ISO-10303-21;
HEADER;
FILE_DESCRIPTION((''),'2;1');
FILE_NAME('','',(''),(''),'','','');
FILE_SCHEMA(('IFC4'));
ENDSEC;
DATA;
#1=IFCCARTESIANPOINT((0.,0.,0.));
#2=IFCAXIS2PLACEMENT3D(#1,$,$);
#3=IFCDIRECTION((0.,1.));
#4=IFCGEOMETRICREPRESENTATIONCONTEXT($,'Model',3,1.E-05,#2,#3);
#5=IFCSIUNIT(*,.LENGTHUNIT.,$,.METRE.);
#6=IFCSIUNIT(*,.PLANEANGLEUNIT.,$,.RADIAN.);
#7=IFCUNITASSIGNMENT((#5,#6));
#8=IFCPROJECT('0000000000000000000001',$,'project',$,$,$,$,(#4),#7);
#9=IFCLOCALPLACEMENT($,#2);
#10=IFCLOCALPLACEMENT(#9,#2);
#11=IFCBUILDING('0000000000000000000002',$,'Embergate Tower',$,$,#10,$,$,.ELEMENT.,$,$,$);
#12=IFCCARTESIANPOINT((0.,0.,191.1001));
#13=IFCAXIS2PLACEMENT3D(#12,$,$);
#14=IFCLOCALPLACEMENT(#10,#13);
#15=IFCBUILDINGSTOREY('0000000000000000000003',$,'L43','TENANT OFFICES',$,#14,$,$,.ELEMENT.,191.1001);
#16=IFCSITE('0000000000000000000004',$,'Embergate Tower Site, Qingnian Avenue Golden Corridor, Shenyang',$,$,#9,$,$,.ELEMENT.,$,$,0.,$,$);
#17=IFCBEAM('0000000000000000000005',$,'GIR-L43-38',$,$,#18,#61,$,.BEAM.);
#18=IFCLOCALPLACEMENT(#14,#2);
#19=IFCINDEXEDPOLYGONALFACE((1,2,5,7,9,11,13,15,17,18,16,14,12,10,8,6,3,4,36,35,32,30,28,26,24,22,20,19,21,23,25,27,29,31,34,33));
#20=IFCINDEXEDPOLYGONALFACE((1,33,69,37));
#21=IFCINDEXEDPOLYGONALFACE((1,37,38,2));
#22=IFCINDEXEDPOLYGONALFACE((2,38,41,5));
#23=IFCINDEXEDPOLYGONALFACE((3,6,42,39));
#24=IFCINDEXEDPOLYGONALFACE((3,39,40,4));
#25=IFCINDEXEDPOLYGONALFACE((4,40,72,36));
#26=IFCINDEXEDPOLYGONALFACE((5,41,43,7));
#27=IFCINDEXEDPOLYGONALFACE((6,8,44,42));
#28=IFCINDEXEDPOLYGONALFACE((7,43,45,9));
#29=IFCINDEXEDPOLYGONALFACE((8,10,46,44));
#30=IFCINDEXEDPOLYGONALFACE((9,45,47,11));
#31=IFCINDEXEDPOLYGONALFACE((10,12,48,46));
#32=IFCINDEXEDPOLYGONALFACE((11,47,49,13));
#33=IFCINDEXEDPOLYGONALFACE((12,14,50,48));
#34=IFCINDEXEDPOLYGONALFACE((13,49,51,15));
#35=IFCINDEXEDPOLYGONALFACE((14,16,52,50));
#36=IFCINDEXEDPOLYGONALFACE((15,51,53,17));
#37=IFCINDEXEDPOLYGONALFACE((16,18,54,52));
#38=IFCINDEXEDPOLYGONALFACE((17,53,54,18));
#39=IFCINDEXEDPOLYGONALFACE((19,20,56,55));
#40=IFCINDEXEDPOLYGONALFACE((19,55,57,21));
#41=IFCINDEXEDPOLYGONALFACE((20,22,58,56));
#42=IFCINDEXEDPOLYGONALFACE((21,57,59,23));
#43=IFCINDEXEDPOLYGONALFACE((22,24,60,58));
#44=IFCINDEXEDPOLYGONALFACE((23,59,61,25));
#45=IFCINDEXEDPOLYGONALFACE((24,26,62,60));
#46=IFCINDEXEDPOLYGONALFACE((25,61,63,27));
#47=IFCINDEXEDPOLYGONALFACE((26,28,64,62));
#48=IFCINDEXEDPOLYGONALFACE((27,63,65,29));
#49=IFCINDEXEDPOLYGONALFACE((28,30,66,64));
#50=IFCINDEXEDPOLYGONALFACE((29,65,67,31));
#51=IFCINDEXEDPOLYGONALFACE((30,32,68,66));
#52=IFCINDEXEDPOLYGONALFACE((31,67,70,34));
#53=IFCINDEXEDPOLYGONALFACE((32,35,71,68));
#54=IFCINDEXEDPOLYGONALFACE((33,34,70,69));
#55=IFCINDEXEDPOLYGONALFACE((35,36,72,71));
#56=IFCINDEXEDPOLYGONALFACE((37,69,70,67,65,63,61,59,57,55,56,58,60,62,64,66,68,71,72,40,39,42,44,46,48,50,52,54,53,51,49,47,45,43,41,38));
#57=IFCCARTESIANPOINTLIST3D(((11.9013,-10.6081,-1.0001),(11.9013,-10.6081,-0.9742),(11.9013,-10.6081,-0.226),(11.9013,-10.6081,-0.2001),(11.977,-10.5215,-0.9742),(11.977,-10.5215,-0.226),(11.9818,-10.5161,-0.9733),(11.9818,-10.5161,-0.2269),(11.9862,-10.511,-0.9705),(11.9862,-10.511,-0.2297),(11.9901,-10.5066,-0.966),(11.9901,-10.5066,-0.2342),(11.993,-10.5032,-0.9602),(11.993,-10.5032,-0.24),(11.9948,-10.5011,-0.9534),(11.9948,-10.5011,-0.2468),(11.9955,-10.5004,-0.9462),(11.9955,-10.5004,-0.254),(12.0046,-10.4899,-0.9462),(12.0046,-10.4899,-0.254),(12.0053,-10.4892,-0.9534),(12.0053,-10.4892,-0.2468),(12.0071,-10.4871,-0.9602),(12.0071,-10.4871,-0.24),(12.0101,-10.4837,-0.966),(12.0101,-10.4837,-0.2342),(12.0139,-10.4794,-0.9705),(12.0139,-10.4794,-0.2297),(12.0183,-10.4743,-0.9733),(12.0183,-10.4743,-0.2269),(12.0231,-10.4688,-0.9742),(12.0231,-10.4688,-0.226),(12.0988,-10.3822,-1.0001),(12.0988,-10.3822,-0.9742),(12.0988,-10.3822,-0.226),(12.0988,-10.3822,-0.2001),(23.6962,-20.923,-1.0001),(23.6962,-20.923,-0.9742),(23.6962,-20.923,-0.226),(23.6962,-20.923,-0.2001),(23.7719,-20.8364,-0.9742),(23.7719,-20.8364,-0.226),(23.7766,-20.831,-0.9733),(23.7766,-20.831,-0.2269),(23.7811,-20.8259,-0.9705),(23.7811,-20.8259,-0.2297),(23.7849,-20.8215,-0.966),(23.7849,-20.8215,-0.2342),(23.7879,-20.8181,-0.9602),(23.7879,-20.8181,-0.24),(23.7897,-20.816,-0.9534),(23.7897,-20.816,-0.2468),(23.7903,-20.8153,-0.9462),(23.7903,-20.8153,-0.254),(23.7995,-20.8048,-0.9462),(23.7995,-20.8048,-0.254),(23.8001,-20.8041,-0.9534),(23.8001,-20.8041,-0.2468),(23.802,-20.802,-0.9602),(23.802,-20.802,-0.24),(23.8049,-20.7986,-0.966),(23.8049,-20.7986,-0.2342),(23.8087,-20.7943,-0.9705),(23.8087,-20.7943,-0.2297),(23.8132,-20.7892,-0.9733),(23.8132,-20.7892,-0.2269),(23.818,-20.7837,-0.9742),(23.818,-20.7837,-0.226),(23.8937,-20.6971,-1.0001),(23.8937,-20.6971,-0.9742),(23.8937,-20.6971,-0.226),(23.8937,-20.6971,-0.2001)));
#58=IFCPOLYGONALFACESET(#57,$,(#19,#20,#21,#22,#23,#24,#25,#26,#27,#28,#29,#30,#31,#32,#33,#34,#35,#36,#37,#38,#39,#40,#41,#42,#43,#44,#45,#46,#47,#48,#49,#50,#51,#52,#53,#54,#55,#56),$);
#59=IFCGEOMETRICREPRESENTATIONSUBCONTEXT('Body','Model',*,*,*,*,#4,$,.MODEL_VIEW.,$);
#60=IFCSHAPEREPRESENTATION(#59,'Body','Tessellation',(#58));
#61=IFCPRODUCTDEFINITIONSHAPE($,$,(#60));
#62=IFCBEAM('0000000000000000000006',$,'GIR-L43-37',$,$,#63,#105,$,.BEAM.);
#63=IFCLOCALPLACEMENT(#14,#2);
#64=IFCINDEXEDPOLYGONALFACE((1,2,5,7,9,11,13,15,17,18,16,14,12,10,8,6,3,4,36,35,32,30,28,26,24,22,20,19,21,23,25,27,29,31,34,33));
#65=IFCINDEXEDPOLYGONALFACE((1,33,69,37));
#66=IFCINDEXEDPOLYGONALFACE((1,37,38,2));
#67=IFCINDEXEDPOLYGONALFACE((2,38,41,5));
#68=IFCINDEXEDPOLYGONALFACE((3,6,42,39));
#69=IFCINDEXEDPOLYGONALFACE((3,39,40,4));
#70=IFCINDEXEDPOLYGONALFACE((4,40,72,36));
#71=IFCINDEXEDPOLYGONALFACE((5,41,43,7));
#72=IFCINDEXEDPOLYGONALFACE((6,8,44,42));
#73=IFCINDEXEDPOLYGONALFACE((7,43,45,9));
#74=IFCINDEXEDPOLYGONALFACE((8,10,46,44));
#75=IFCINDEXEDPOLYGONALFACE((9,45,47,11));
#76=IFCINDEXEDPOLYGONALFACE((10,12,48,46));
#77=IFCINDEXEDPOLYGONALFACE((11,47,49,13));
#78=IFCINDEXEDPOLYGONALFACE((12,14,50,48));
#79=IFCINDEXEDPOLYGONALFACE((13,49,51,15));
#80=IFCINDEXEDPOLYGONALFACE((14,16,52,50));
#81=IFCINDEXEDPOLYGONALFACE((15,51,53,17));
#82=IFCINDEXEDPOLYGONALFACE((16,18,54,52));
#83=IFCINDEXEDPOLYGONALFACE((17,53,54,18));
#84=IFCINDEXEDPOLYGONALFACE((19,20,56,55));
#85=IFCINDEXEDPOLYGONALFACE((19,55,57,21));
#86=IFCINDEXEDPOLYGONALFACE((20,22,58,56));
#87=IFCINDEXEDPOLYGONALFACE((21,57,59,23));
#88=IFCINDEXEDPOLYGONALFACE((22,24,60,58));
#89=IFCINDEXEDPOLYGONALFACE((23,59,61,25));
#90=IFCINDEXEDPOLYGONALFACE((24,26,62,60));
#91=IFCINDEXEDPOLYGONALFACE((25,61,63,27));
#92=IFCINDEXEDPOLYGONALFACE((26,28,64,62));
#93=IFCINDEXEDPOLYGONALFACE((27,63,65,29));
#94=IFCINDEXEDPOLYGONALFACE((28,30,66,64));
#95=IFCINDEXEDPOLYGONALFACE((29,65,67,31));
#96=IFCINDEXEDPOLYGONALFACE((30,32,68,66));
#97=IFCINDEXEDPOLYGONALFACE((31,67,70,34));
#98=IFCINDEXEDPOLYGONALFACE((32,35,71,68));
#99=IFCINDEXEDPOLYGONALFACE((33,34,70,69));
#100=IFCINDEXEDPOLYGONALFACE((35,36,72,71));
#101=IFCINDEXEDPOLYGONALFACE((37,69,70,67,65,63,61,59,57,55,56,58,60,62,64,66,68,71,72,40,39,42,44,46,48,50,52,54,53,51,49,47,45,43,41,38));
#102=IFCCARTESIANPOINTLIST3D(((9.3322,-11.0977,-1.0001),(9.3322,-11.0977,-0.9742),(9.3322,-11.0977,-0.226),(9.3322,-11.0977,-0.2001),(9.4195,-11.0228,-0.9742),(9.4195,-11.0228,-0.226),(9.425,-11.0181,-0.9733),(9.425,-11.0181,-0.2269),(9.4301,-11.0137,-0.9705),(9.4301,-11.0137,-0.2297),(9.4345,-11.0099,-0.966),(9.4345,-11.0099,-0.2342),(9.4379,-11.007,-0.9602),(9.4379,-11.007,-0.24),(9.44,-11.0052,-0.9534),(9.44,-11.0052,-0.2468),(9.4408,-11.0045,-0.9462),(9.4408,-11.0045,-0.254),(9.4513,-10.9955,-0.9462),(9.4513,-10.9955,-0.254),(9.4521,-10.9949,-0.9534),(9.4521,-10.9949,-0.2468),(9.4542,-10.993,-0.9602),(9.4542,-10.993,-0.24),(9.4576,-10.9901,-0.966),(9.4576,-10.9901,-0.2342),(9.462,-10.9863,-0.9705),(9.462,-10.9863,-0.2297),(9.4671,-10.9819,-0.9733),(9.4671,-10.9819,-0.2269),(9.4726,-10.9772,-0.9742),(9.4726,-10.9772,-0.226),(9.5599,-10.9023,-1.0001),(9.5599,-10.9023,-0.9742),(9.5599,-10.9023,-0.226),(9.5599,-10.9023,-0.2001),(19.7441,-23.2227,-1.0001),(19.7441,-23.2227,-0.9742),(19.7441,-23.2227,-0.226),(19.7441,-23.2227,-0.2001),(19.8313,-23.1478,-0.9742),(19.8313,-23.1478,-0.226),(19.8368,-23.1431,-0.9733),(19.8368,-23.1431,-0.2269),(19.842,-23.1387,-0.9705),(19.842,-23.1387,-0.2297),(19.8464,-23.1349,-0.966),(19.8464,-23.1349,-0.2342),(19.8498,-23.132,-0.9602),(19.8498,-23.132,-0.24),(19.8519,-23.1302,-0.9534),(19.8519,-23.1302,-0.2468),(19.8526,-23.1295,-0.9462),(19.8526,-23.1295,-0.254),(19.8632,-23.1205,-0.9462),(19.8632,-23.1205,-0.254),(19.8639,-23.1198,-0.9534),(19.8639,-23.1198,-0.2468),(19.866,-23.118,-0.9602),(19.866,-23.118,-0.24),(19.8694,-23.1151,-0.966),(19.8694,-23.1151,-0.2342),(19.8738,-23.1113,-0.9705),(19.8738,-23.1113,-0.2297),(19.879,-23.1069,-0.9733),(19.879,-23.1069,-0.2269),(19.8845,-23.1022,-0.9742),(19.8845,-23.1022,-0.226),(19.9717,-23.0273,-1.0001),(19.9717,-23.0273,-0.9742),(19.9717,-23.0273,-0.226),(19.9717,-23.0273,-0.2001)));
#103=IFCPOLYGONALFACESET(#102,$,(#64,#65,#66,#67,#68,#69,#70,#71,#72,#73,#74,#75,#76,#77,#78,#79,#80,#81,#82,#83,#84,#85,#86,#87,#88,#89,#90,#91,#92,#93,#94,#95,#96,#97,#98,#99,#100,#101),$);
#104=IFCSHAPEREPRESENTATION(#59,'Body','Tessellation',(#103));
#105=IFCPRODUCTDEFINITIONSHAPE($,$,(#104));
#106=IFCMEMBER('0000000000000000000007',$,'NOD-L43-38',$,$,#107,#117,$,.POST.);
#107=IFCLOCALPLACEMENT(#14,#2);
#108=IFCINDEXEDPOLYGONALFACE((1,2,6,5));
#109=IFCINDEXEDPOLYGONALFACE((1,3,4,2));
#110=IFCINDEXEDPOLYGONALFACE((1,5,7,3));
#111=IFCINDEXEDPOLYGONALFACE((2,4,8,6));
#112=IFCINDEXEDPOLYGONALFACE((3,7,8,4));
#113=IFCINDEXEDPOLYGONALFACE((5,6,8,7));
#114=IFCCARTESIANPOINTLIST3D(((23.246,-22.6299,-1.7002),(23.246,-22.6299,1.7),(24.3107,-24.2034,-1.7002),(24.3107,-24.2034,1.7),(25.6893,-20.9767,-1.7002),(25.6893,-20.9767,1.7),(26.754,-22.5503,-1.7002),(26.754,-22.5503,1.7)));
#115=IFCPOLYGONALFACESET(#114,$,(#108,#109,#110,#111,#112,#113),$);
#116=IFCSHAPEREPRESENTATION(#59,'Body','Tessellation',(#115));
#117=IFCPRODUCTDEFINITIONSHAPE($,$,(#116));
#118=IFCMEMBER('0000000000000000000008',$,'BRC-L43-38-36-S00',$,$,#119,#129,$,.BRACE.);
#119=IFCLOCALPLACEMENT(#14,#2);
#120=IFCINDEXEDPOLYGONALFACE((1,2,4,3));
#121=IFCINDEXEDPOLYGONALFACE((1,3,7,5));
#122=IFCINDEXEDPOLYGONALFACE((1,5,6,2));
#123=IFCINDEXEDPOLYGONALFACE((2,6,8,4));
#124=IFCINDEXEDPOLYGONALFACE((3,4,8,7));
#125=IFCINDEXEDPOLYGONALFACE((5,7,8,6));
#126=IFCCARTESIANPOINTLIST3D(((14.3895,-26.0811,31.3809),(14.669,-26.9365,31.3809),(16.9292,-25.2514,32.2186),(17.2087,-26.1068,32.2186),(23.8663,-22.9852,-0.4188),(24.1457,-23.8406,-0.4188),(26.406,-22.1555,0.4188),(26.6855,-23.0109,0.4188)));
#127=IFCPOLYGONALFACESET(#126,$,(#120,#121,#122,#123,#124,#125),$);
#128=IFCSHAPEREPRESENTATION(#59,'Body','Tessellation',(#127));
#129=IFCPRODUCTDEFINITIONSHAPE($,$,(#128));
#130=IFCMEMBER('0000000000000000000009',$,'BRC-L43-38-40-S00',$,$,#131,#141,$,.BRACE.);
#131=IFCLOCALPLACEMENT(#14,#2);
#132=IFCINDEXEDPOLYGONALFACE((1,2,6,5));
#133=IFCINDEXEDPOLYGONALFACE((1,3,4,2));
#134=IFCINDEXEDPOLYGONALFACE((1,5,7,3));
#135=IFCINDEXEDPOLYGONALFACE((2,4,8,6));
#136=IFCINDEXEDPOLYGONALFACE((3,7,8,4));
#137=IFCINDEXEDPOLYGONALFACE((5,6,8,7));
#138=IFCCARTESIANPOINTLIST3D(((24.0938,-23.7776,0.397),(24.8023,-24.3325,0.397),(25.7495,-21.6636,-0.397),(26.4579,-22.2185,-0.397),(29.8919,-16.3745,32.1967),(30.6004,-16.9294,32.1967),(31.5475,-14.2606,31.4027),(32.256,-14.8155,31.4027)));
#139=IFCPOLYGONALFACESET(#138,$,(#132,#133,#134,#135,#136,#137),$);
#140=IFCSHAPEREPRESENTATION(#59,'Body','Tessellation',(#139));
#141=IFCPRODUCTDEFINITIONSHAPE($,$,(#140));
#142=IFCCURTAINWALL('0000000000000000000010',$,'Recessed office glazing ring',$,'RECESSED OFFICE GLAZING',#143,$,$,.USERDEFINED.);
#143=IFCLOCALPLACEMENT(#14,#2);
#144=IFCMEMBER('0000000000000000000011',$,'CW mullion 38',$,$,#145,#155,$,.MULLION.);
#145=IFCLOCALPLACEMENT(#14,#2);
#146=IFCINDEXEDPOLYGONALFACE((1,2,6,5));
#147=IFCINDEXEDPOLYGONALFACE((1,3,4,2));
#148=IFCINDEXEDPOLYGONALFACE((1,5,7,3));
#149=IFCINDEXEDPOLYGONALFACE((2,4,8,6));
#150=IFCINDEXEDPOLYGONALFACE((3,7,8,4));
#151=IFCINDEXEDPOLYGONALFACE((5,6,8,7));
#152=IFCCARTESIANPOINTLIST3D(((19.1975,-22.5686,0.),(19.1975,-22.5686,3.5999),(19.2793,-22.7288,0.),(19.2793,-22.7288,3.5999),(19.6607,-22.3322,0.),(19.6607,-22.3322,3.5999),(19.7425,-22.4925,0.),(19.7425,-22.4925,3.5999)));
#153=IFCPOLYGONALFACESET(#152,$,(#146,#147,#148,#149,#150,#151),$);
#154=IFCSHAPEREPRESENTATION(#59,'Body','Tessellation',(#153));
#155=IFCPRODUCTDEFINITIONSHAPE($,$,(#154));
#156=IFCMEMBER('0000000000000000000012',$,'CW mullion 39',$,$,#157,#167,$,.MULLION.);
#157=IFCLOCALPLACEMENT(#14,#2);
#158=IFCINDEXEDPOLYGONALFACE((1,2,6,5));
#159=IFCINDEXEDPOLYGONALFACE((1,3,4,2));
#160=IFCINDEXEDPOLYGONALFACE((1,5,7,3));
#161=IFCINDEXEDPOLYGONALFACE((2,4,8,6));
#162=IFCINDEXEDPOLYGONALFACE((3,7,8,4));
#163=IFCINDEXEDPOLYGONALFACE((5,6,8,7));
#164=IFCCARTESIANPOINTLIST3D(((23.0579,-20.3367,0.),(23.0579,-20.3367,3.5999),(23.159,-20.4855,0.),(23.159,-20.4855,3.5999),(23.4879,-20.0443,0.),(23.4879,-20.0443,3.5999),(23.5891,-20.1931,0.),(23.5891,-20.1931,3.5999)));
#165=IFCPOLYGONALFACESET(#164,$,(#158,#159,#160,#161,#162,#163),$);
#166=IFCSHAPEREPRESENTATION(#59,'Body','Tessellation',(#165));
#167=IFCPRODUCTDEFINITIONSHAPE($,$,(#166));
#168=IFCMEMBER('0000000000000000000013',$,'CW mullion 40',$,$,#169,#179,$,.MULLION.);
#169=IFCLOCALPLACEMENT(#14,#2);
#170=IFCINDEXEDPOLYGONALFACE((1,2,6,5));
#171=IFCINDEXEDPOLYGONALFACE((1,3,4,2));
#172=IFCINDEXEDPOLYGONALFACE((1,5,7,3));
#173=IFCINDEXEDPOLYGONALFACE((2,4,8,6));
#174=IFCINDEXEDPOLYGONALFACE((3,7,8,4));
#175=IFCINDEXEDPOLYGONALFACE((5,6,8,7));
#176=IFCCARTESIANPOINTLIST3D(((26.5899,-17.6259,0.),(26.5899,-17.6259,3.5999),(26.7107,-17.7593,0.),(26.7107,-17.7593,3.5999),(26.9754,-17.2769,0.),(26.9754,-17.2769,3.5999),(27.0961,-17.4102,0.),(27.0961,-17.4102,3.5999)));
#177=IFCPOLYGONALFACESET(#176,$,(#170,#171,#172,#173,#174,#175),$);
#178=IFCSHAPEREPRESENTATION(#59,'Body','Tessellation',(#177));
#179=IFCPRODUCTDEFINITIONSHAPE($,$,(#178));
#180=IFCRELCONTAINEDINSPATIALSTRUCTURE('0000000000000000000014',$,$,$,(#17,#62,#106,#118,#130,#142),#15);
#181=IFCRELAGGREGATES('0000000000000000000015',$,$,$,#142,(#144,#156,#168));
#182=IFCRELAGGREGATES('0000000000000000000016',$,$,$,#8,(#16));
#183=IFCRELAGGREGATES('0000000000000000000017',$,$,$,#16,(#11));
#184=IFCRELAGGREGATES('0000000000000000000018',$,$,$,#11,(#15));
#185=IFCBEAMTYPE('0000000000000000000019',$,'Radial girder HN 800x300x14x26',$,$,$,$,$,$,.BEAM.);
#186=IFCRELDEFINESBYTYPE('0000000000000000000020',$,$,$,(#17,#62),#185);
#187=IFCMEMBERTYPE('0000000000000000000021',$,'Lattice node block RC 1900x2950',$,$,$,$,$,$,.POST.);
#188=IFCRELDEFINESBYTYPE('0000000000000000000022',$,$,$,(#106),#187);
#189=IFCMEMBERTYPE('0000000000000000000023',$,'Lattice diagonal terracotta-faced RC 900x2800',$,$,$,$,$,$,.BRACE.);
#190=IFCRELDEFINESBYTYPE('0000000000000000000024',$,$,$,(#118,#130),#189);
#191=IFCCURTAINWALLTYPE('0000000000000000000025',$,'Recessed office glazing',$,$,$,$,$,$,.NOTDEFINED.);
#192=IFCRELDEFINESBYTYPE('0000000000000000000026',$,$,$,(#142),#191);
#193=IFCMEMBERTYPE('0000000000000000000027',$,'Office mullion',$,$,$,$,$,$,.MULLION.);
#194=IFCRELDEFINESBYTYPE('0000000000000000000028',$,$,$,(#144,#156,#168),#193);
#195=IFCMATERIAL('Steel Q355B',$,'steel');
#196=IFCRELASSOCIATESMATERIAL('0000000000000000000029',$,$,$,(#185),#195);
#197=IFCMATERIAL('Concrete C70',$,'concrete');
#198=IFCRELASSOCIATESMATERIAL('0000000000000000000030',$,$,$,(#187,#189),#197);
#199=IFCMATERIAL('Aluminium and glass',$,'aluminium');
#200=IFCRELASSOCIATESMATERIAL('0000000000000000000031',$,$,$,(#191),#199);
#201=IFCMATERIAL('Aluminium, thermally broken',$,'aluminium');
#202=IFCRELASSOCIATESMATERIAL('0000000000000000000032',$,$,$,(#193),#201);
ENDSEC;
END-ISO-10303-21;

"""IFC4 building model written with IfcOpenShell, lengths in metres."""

from ifc_helpers import new_model, si_unit, direction, frame, origin, origin_2d, place, context, subcontext, project, spatial, rectangle, i_section, extrude, source, transform, mapped, material, material_profile, profile_set, type_object, element, aggregate, save


model = new_model("IFC4")

# Units and contexts
model_context = context("Model", 3, precision=1e-05, world=origin(), true_north=direction((0.0, 1.0)))
body_context = subcontext(model_context, "Body", "Model", "MODEL_VIEW")
ifc_project = project(units=[si_unit("LENGTHUNIT", "METRE"), si_unit("PLANEANGLEUNIT", "RADIAN")], contexts=[model_context])

# Site, building, storey
site_placement = place(None, origin())
site = spatial("IfcSite", under=ifc_project, at=site_placement, Name="Embergate Tower Site, Qingnian Avenue Golden Corridor, Shenyang", CompositionType="ELEMENT", RefElevation=0.0)
building_placement = place(site_placement, origin())
building = spatial("IfcBuilding", under=site, at=building_placement, Name="Embergate Tower", CompositionType="ELEMENT")
storey_placement = place(building_placement, frame((0.0, 0.0, 191.1001)))
storey = spatial("IfcBuildingStorey", under=building, at=storey_placement, Name="L43", Description="TENANT OFFICES", CompositionType="ELEMENT", Elevation=191.1001)

# Shared definitions
ifc_material_1 = material(Name="Concrete C70", Category="concrete")

# Beams
ifc_material_2 = material(Name="Steel Q355B", Category="steel")
ifc_material_profile_1 = material_profile(ifc_material_2, i_section(OverallWidth=0.3, OverallDepth=0.8, WebThickness=0.0139, FlangeThickness=0.0259, FilletRadius=0.0281, at=origin_2d()), Name="HN 800x300x14x26")
ifc_profile_set_1 = profile_set([ifc_material_profile_1], Name="Steel Q355 grade B")
beam_type_1 = type_object("IfcBeamType", Name="Radial girder HN 800x300x14x26", PredefinedType="BEAM", material=ifc_profile_set_1)
shared_shape_1 = source(origin(), body_context, "Body", "SweptSolid", [
    extrude(i_section(OverallWidth=0.3, OverallDepth=0.8, WebThickness=0.0139, FlangeThickness=0.0259, FilletRadius=0.0281, at=origin_2d()), origin(), (0.0, 0.0, 1.0), 15.6689),
])
beam_1_placement = place(storey_placement, frame((23.7949, -20.8101, -0.6001), z_axis=(-0.752754, 0.658302, 0.0), x_axis=(-0.658302, -0.752754, 0.0)))
element("IfcBeam", 1, at=beam_1_placement, inside=storey, type_object=beam_type_1, Name="GIR-L43-38", PredefinedType="BEAM", context=body_context, shape_type="MappedRepresentation", body=[
    mapped(shared_shape_1, transform((0.0, 0.0, 0.0))),
])
shared_shape_2 = source(origin(), body_context, "Body", "SweptSolid", [
    extrude(i_section(OverallWidth=0.3, OverallDepth=0.8, WebThickness=0.0139, FlangeThickness=0.0259, FilletRadius=0.0281, at=origin_2d()), origin(), (0.0, 0.0, 1.0), 15.9819),
])
beam_2_placement = place(storey_placement, frame((19.8579, -23.125, -0.6001), z_axis=(-0.651477, 0.758669, 0.0), x_axis=(-0.758669, -0.651477, 0.0)))
element("IfcBeam", 2, at=beam_2_placement, inside=storey, type_object=beam_type_1, Name="GIR-L43-37", PredefinedType="BEAM", context=body_context, shape_type="MappedRepresentation", body=[
    mapped(shared_shape_2, transform((0.0, 0.0, 0.0))),
])

# Members
ifc_material_profile_2 = material_profile(ifc_material_1, rectangle(XDim=1.8999, YDim=2.95, at=origin_2d()), Name="RC 1900x2950")
ifc_profile_set_2 = profile_set([ifc_material_profile_2], Name="Concrete C70")
member_type_1 = type_object("IfcMemberType", Name="Lattice node block RC 1900x2950", PredefinedType="POST", material=ifc_profile_set_2)
shared_shape_3 = source(origin(), body_context, "Body", "SweptSolid", [
    extrude(rectangle(XDim=1.8999, YDim=2.95, at=origin_2d()), origin(), (0.0, 0.0, 1.0), 3.4001),
])
member_1_placement = place(storey_placement, frame((25.0, -22.5901, -1.7002), z_axis=(0.0, 0.0, 1.0), x_axis=(0.560393, -0.828227, 0.0)))
element("IfcMember", 3, at=member_1_placement, inside=storey, type_object=member_type_1, Name="NOD-L43-38", PredefinedType="POST", context=body_context, shape_type="MappedRepresentation", body=[
    mapped(shared_shape_3, transform((0.0, 0.0, 0.0))),
])
ifc_material_profile_3 = material_profile(ifc_material_1, rectangle(XDim=0.8999, YDim=2.8, at=origin_2d()), Name="RC 900x2800")
ifc_profile_set_3 = profile_set([ifc_material_profile_3], Name="Concrete C70")
member_type_2 = type_object("IfcMemberType", Name="Lattice diagonal terracotta-faced RC 900x2800", PredefinedType="BRACE", material=ifc_profile_set_3)
shared_shape_4 = source(origin(), body_context, "Body", "SweptSolid", [
    extrude(rectangle(XDim=0.8999, YDim=2.8, at=origin_2d()), origin(), (0.0, 0.0, 1.0), 33.3259),
])
member_2_placement = place(storey_placement, frame((25.2759, -22.998, 0.0), z_axis=(-0.284367, -0.092899, 0.954204), x_axis=(0.310536, -0.950562, 0.0)))
element("IfcMember", 4, at=member_2_placement, inside=storey, type_object=member_type_2, Name="BRC-L43-38-36-S00", PredefinedType="BRACE", context=body_context, shape_type="MappedRepresentation", body=[
    mapped(shared_shape_4, transform((0.0, 0.0, 0.0))),
])
shared_shape_5 = source(origin(), body_context, "Body", "SweptSolid", [
    extrude(rectangle(XDim=0.8999, YDim=2.8, at=origin_2d()), origin(), (0.0, 0.0, 1.0), 33.1609),
])
member_3_placement = place(storey_placement, frame((25.2759, -22.998, 0.0), z_axis=(0.174847, 0.223247, 0.958952), x_axis=(-0.787279, 0.616597, 0.0)))
element("IfcMember", 5, at=member_3_placement, inside=storey, type_object=member_type_2, Name="BRC-L43-38-40-S00", PredefinedType="BRACE", context=body_context, shape_type="MappedRepresentation", body=[
    mapped(shared_shape_5, transform((0.0, 0.0, 0.0))),
])

# Curtain wall, members
ifc_material_3 = material(Name="Aluminium and glass", Category="aluminium")
curtain_wall_type = type_object("IfcCurtainWallType", Name="Recessed office glazing", PredefinedType="NOTDEFINED", material=ifc_material_3)
curtain_wall_placement = place(storey_placement, origin())
curtain_wall = element("IfcCurtainWall", 6, at=curtain_wall_placement, inside=storey, type_object=curtain_wall_type, Name="Recessed office glazing ring", ObjectType="RECESSED OFFICE GLAZING", PredefinedType="USERDEFINED")
ifc_material_4 = material(Name="Aluminium, thermally broken", Category="aluminium")
ifc_material_profile_4 = material_profile(ifc_material_4, rectangle(XDim=0.1799, YDim=0.52, at=origin_2d()), Name="AL 520x180")
ifc_profile_set_4 = profile_set([ifc_material_profile_4], Name="Aluminium, thermally broken")
member_type_3 = type_object("IfcMemberType", Name="Office mullion", PredefinedType="MULLION", material=ifc_profile_set_4)
shared_shape_6 = source(origin(), body_context, "Body", "SweptSolid", [
    extrude(rectangle(XDim=0.1799, YDim=0.52, at=origin_2d()), origin(), (0.0, 0.0, 1.0), 3.5999),
])
member_4_placement = place(storey_placement, frame((19.47, -22.5305, 0.0), z_axis=(0.0, 0.0, 1.0), x_axis=(-0.454507, 0.890743, 0.0)))
member_4 = element("IfcMember", 7, at=member_4_placement, type_object=member_type_3, Name="CW mullion 38", PredefinedType="MULLION", context=body_context, shape_type="MappedRepresentation", body=[
    mapped(shared_shape_6, transform((0.0, 0.0, 0.0))),
])
member_5_placement = place(storey_placement, frame((23.3235, -20.2649, 0.0), z_axis=(0.0, 0.0, 1.0), x_axis=(-0.562213, 0.826992, 0.0)))
member_5 = element("IfcMember", 8, at=member_5_placement, type_object=member_type_3, Name="CW mullion 39", PredefinedType="MULLION", context=body_context, shape_type="MappedRepresentation", body=[
    mapped(shared_shape_6, transform((0.0, 0.0, 0.0))),
])
member_6_placement = place(storey_placement, frame((26.843, -17.5181, 0.0), z_axis=(0.0, 0.0, 1.0), x_axis=(-0.671223, 0.741256, 0.0)))
member_6 = element("IfcMember", 9, at=member_6_placement, type_object=member_type_3, Name="CW mullion 40", PredefinedType="MULLION", context=body_context, shape_type="MappedRepresentation", body=[
    mapped(shared_shape_6, transform((0.0, 0.0, 0.0))),
])
aggregate(curtain_wall, [member_4, member_5, member_6])

save(model, "model.ifc")
